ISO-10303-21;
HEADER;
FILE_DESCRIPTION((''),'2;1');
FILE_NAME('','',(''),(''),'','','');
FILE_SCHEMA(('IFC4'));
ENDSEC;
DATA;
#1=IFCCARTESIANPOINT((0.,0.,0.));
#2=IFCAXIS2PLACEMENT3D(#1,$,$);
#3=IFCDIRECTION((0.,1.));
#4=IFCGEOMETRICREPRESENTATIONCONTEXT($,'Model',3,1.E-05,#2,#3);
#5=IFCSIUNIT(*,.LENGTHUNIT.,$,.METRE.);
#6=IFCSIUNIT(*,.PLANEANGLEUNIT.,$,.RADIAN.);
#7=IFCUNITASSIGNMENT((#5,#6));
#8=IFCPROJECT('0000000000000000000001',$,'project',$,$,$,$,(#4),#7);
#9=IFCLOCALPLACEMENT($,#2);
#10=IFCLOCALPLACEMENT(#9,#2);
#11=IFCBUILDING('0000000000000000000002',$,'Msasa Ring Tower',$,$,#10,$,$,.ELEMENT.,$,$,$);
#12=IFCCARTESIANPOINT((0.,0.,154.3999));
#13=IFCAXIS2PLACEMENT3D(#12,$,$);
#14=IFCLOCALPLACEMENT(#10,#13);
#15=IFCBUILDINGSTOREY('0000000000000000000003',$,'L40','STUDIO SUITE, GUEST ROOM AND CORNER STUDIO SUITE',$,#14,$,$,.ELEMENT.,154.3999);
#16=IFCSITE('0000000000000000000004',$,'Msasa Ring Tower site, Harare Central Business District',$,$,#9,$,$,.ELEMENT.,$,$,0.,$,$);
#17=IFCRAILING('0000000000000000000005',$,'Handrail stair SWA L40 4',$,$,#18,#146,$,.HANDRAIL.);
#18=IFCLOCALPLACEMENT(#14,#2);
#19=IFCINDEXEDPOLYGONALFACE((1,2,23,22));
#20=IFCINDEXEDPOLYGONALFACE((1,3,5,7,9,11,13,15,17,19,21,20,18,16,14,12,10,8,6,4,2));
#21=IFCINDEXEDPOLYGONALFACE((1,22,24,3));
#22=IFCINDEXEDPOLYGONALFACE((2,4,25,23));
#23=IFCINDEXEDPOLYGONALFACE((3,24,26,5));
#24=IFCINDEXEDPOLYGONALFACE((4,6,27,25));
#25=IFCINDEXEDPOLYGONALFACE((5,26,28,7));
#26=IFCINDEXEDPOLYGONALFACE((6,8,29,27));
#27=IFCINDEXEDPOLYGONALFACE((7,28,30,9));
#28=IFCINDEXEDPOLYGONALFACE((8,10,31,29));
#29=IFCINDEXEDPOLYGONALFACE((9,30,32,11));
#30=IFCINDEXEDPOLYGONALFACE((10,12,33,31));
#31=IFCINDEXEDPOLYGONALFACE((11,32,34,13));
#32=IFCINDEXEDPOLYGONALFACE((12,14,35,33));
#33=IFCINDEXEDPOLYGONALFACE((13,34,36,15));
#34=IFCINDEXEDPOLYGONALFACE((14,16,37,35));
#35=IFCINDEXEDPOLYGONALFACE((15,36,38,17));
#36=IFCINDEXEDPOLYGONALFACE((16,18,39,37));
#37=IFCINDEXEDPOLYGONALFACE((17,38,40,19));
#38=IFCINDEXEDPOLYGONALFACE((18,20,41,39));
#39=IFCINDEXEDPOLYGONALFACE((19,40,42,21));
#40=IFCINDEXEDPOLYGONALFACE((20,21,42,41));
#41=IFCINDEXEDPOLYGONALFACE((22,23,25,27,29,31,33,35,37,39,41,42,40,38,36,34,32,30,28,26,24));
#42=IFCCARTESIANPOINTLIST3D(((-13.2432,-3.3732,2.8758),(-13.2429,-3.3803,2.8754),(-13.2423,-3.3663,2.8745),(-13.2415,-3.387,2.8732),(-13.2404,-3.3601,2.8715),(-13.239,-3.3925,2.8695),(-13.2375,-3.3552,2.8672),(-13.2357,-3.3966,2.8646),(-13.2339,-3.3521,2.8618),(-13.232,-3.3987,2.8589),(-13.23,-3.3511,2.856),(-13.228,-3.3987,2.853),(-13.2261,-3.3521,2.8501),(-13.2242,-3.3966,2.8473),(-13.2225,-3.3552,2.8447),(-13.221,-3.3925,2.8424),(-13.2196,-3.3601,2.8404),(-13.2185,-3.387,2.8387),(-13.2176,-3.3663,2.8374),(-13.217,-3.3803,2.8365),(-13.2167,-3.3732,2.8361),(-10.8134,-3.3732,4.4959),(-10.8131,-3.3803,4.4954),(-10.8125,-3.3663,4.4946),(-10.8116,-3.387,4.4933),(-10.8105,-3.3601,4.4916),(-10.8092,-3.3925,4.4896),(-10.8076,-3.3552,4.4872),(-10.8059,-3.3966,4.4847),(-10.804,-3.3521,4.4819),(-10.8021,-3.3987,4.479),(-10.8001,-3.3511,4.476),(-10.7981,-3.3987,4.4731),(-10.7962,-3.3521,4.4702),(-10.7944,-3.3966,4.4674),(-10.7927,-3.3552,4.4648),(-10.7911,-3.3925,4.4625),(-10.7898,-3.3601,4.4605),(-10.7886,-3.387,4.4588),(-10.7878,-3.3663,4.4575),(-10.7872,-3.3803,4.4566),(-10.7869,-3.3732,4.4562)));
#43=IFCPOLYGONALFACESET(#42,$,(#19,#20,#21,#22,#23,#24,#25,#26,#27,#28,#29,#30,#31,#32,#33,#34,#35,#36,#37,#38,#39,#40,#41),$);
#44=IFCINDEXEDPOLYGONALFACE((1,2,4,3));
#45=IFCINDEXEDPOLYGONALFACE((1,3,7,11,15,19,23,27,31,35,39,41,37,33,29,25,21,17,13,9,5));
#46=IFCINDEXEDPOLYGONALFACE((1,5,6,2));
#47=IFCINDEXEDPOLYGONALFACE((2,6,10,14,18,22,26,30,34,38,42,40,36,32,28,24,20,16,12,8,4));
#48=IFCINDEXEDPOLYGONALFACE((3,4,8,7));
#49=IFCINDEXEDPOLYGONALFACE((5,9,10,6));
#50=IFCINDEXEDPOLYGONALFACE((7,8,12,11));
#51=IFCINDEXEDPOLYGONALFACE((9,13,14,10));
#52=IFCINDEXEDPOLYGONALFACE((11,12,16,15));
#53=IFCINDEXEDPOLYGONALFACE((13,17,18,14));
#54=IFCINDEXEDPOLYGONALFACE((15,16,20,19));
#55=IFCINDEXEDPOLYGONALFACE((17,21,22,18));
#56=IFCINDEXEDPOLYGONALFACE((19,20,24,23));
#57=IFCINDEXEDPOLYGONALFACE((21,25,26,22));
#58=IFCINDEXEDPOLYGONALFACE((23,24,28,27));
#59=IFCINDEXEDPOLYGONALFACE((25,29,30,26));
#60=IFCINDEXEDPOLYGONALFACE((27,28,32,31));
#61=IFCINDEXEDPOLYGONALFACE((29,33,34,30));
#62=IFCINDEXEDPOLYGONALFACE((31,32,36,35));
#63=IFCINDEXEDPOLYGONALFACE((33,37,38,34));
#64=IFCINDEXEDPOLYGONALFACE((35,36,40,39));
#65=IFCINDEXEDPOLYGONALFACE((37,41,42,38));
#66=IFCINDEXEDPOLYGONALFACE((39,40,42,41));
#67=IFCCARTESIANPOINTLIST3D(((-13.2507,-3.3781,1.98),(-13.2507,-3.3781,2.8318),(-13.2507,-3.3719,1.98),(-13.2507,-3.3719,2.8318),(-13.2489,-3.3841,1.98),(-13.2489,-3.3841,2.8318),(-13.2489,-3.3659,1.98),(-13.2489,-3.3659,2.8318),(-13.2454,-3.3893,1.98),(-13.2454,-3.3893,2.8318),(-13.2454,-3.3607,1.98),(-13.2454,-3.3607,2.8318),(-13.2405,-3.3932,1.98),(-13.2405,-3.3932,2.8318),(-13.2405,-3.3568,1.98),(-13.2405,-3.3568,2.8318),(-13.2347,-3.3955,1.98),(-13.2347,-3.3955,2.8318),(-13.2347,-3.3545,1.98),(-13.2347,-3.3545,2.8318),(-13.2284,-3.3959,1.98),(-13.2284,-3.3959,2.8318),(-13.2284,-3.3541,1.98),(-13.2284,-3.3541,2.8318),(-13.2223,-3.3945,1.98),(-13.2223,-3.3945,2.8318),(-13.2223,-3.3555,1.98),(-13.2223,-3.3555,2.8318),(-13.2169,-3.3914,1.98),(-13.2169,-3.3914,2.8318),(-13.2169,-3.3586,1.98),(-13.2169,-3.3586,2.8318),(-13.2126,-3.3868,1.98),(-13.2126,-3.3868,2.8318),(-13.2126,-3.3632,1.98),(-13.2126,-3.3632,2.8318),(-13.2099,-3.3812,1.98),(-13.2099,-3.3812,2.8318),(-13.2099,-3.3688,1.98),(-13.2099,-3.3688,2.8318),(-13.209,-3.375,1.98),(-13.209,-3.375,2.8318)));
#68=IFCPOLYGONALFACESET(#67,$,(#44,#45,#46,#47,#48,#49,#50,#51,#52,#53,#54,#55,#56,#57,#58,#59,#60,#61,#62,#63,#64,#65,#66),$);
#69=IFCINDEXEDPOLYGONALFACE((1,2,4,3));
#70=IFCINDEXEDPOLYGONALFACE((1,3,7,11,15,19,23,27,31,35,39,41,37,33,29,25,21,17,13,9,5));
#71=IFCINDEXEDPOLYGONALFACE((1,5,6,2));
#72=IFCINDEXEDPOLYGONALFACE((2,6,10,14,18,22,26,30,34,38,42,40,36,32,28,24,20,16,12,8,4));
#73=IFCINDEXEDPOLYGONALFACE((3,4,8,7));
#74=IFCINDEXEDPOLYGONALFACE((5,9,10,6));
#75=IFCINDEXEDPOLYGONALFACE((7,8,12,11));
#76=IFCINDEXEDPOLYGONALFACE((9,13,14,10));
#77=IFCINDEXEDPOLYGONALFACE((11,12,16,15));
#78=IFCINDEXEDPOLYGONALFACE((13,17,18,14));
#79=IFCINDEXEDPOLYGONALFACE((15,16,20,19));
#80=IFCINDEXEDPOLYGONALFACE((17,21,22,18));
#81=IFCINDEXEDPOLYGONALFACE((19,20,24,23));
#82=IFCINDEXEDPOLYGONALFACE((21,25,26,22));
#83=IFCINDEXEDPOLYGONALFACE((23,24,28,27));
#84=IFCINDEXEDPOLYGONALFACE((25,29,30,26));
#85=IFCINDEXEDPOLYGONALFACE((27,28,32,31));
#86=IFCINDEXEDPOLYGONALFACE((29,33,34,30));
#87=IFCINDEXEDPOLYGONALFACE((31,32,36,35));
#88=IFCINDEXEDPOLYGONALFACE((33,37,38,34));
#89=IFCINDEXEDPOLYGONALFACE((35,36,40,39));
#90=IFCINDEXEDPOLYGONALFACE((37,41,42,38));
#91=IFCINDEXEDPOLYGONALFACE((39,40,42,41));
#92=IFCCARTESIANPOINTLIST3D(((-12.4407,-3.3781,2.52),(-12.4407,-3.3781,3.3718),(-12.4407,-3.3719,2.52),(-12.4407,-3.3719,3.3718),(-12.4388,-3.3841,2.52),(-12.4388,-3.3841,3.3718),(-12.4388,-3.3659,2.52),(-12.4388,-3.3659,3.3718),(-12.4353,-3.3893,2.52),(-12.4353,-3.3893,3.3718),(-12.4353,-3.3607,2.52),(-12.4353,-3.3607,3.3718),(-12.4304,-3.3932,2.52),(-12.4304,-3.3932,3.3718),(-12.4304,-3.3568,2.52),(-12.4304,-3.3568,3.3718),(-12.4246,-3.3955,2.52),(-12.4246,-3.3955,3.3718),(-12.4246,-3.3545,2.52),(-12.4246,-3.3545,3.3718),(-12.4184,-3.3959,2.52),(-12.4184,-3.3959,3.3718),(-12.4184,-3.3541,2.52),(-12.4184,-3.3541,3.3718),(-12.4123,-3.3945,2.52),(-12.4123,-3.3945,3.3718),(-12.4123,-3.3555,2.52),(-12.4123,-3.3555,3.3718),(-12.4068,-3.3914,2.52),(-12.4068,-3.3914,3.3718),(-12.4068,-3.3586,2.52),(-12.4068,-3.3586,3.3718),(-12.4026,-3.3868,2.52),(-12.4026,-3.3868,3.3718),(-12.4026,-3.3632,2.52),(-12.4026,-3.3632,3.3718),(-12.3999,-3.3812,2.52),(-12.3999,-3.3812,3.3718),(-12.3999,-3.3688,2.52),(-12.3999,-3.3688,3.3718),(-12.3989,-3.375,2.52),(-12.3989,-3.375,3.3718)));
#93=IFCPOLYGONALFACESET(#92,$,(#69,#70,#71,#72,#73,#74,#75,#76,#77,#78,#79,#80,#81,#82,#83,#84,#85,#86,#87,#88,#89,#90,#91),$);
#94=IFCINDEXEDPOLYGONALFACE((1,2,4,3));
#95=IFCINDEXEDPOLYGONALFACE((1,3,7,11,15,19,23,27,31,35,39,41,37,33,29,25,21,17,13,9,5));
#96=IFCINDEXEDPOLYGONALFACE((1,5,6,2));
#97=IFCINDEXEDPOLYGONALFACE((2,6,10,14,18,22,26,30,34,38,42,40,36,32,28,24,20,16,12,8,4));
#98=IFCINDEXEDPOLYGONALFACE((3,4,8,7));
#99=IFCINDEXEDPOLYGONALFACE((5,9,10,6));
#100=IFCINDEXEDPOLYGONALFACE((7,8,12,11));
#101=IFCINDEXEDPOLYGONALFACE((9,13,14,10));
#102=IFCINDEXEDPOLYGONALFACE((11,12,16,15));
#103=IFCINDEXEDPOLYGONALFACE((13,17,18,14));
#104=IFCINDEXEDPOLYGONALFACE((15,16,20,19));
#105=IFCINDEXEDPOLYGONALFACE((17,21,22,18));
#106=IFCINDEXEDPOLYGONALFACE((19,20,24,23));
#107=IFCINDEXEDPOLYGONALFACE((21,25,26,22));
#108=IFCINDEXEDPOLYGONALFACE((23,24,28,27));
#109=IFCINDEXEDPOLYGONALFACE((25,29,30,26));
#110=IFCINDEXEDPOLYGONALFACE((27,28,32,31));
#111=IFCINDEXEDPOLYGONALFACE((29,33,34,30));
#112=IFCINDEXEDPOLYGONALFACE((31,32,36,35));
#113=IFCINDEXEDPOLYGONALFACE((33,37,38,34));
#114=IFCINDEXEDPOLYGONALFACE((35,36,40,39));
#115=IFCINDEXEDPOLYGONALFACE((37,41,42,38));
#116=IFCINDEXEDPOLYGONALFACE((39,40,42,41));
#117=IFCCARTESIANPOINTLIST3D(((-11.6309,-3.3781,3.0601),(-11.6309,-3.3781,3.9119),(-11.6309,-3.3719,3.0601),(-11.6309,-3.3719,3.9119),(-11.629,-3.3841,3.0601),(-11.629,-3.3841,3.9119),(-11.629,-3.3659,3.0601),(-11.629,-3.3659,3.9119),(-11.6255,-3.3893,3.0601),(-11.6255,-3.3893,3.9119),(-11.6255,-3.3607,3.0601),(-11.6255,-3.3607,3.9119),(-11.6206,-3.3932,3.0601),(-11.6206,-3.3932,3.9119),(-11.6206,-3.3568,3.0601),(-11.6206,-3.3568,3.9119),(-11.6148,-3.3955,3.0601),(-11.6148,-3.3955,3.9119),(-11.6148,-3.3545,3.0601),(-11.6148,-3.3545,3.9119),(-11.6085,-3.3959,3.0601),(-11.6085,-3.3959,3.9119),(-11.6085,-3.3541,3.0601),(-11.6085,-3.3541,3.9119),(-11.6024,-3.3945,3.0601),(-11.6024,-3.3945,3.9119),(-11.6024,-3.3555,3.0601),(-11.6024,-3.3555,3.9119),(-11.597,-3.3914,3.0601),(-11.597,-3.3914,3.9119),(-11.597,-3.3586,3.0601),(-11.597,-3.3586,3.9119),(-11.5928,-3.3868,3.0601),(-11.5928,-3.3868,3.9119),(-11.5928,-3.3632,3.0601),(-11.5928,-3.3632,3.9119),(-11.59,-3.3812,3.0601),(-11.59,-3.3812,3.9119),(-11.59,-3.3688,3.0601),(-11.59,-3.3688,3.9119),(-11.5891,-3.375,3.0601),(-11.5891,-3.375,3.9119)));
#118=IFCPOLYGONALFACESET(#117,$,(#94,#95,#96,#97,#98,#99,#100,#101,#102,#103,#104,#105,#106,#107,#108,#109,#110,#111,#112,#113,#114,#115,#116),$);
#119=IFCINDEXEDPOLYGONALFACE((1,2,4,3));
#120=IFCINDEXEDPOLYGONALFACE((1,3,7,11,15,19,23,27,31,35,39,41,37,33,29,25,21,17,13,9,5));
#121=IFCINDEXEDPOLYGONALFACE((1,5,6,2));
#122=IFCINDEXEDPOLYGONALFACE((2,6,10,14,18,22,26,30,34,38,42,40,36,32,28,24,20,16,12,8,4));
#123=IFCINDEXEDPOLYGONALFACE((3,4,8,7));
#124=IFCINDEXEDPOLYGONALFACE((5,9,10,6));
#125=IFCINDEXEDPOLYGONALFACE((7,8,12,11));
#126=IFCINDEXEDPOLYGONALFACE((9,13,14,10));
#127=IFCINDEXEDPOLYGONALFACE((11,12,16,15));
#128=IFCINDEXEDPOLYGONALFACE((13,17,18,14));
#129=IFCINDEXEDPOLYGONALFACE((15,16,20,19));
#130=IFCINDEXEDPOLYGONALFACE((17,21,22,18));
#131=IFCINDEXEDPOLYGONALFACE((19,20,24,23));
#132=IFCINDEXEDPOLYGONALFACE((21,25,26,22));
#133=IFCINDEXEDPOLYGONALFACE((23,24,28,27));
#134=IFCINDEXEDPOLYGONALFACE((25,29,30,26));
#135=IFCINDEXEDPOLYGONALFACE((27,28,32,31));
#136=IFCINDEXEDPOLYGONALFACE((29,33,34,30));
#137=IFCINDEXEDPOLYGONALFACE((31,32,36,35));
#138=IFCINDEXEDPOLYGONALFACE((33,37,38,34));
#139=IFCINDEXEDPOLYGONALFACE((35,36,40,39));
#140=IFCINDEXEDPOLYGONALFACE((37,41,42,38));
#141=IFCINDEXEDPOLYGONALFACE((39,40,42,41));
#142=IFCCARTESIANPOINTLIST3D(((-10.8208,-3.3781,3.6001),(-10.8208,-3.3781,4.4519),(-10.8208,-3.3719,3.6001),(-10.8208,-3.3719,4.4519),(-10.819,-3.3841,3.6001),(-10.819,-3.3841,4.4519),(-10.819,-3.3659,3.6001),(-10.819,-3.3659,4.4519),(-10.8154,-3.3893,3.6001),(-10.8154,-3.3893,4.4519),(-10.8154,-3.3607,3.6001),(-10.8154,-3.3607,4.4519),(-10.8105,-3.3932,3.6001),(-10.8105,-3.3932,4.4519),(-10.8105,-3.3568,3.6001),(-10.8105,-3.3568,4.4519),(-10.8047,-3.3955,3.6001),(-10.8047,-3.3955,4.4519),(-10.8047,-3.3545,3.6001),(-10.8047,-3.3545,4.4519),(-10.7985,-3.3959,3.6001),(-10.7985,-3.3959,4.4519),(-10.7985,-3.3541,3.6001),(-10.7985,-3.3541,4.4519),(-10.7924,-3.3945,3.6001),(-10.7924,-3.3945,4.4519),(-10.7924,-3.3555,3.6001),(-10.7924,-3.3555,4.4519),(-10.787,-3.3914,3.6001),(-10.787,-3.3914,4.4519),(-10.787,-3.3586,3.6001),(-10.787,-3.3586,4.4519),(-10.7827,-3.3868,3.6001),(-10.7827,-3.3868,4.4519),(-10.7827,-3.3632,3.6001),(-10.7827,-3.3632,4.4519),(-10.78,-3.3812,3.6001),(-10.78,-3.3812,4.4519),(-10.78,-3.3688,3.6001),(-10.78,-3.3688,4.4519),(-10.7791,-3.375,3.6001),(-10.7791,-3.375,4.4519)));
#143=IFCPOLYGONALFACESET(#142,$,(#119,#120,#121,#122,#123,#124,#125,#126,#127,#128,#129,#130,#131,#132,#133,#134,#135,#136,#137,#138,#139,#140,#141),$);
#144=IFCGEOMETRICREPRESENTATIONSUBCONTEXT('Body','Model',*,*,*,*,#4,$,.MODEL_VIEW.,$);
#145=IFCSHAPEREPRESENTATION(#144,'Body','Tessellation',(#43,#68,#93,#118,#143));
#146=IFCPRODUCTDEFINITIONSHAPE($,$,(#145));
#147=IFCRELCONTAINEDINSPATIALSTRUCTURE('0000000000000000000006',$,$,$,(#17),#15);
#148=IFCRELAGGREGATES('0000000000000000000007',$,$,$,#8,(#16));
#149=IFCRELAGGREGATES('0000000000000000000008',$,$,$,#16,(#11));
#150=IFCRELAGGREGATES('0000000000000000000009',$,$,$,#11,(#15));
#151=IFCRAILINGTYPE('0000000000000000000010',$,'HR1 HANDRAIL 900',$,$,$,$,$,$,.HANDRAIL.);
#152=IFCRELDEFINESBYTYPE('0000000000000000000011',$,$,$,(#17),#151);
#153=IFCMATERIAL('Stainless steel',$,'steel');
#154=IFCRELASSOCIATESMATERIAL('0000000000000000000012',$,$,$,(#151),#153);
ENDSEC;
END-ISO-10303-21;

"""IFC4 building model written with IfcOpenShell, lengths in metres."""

from ifc_helpers import new_model, si_unit, direction, frame, origin, origin_2d, place, context, subcontext, project, spatial, circle, extrude, material, type_object, element, save


model = new_model("IFC4")

# Units and contexts
model_context = context("Model", 3, precision=1e-05, world=origin(), true_north=direction((0.0, 1.0)))
body_context = subcontext(model_context, "Body", "Model", "MODEL_VIEW")
ifc_project = project(units=[si_unit("LENGTHUNIT", "METRE"), si_unit("PLANEANGLEUNIT", "RADIAN")], contexts=[model_context])

# Site, building, storey
site_placement = place(None, origin())
site = spatial("IfcSite", under=ifc_project, at=site_placement, Name="Msasa Ring Tower site, Harare Central Business District", CompositionType="ELEMENT", RefElevation=0.0)
building_placement = place(site_placement, origin())
building = spatial("IfcBuilding", under=site, at=building_placement, Name="Msasa Ring Tower", CompositionType="ELEMENT")
storey_placement = place(building_placement, frame((0.0, 0.0, 154.3999)))
storey = spatial("IfcBuildingStorey", under=building, at=storey_placement, Name="L40", Description="STUDIO SUITE, GUEST ROOM AND CORNER STUDIO SUITE", CompositionType="ELEMENT", Elevation=154.3999)

# Railing
ifc_material_1 = material(Name="Stainless steel", Category="steel")
railing_type = type_object("IfcRailingType", Name="HR1 HANDRAIL 900", PredefinedType="HANDRAIL", material=ifc_material_1)
for number, where, name in (
    (1, (-13.23, -3.375, 1.98), "Handrail stair SWA L40 4"),
):
    element("IfcRailing", number, at=place(storey_placement, frame(where)), inside=storey, type_object=railing_type, Name=name, PredefinedType="HANDRAIL", context=body_context, shape_type="SweptSolid", body=[
        extrude(circle(Radius=0.0239, at=origin_2d()), frame((0.0, 0.0, 0.876), z_axis=(0.832025, 0.0, 0.554739), x_axis=(0.0, 1.0, 0.0)), (0.0, 0.0, 1.0), 2.9204),
        extrude(circle(Radius=0.021, at=origin_2d()), origin(), (0.0, 0.0, 1.0), 0.8518),
        extrude(circle(Radius=0.021, at=origin_2d()), frame((0.8101, 0.0, 0.54)), (0.0, 0.0, 1.0), 0.8518),
        extrude(circle(Radius=0.021, at=origin_2d()), frame((1.6199, 0.0, 1.0801)), (0.0, 0.0, 1.0), 0.8518),
        extrude(circle(Radius=0.021, at=origin_2d()), frame((2.4299, 0.0, 1.6201)), (0.0, 0.0, 1.0), 0.8518),
    ])

save(model, "model.ifc")
